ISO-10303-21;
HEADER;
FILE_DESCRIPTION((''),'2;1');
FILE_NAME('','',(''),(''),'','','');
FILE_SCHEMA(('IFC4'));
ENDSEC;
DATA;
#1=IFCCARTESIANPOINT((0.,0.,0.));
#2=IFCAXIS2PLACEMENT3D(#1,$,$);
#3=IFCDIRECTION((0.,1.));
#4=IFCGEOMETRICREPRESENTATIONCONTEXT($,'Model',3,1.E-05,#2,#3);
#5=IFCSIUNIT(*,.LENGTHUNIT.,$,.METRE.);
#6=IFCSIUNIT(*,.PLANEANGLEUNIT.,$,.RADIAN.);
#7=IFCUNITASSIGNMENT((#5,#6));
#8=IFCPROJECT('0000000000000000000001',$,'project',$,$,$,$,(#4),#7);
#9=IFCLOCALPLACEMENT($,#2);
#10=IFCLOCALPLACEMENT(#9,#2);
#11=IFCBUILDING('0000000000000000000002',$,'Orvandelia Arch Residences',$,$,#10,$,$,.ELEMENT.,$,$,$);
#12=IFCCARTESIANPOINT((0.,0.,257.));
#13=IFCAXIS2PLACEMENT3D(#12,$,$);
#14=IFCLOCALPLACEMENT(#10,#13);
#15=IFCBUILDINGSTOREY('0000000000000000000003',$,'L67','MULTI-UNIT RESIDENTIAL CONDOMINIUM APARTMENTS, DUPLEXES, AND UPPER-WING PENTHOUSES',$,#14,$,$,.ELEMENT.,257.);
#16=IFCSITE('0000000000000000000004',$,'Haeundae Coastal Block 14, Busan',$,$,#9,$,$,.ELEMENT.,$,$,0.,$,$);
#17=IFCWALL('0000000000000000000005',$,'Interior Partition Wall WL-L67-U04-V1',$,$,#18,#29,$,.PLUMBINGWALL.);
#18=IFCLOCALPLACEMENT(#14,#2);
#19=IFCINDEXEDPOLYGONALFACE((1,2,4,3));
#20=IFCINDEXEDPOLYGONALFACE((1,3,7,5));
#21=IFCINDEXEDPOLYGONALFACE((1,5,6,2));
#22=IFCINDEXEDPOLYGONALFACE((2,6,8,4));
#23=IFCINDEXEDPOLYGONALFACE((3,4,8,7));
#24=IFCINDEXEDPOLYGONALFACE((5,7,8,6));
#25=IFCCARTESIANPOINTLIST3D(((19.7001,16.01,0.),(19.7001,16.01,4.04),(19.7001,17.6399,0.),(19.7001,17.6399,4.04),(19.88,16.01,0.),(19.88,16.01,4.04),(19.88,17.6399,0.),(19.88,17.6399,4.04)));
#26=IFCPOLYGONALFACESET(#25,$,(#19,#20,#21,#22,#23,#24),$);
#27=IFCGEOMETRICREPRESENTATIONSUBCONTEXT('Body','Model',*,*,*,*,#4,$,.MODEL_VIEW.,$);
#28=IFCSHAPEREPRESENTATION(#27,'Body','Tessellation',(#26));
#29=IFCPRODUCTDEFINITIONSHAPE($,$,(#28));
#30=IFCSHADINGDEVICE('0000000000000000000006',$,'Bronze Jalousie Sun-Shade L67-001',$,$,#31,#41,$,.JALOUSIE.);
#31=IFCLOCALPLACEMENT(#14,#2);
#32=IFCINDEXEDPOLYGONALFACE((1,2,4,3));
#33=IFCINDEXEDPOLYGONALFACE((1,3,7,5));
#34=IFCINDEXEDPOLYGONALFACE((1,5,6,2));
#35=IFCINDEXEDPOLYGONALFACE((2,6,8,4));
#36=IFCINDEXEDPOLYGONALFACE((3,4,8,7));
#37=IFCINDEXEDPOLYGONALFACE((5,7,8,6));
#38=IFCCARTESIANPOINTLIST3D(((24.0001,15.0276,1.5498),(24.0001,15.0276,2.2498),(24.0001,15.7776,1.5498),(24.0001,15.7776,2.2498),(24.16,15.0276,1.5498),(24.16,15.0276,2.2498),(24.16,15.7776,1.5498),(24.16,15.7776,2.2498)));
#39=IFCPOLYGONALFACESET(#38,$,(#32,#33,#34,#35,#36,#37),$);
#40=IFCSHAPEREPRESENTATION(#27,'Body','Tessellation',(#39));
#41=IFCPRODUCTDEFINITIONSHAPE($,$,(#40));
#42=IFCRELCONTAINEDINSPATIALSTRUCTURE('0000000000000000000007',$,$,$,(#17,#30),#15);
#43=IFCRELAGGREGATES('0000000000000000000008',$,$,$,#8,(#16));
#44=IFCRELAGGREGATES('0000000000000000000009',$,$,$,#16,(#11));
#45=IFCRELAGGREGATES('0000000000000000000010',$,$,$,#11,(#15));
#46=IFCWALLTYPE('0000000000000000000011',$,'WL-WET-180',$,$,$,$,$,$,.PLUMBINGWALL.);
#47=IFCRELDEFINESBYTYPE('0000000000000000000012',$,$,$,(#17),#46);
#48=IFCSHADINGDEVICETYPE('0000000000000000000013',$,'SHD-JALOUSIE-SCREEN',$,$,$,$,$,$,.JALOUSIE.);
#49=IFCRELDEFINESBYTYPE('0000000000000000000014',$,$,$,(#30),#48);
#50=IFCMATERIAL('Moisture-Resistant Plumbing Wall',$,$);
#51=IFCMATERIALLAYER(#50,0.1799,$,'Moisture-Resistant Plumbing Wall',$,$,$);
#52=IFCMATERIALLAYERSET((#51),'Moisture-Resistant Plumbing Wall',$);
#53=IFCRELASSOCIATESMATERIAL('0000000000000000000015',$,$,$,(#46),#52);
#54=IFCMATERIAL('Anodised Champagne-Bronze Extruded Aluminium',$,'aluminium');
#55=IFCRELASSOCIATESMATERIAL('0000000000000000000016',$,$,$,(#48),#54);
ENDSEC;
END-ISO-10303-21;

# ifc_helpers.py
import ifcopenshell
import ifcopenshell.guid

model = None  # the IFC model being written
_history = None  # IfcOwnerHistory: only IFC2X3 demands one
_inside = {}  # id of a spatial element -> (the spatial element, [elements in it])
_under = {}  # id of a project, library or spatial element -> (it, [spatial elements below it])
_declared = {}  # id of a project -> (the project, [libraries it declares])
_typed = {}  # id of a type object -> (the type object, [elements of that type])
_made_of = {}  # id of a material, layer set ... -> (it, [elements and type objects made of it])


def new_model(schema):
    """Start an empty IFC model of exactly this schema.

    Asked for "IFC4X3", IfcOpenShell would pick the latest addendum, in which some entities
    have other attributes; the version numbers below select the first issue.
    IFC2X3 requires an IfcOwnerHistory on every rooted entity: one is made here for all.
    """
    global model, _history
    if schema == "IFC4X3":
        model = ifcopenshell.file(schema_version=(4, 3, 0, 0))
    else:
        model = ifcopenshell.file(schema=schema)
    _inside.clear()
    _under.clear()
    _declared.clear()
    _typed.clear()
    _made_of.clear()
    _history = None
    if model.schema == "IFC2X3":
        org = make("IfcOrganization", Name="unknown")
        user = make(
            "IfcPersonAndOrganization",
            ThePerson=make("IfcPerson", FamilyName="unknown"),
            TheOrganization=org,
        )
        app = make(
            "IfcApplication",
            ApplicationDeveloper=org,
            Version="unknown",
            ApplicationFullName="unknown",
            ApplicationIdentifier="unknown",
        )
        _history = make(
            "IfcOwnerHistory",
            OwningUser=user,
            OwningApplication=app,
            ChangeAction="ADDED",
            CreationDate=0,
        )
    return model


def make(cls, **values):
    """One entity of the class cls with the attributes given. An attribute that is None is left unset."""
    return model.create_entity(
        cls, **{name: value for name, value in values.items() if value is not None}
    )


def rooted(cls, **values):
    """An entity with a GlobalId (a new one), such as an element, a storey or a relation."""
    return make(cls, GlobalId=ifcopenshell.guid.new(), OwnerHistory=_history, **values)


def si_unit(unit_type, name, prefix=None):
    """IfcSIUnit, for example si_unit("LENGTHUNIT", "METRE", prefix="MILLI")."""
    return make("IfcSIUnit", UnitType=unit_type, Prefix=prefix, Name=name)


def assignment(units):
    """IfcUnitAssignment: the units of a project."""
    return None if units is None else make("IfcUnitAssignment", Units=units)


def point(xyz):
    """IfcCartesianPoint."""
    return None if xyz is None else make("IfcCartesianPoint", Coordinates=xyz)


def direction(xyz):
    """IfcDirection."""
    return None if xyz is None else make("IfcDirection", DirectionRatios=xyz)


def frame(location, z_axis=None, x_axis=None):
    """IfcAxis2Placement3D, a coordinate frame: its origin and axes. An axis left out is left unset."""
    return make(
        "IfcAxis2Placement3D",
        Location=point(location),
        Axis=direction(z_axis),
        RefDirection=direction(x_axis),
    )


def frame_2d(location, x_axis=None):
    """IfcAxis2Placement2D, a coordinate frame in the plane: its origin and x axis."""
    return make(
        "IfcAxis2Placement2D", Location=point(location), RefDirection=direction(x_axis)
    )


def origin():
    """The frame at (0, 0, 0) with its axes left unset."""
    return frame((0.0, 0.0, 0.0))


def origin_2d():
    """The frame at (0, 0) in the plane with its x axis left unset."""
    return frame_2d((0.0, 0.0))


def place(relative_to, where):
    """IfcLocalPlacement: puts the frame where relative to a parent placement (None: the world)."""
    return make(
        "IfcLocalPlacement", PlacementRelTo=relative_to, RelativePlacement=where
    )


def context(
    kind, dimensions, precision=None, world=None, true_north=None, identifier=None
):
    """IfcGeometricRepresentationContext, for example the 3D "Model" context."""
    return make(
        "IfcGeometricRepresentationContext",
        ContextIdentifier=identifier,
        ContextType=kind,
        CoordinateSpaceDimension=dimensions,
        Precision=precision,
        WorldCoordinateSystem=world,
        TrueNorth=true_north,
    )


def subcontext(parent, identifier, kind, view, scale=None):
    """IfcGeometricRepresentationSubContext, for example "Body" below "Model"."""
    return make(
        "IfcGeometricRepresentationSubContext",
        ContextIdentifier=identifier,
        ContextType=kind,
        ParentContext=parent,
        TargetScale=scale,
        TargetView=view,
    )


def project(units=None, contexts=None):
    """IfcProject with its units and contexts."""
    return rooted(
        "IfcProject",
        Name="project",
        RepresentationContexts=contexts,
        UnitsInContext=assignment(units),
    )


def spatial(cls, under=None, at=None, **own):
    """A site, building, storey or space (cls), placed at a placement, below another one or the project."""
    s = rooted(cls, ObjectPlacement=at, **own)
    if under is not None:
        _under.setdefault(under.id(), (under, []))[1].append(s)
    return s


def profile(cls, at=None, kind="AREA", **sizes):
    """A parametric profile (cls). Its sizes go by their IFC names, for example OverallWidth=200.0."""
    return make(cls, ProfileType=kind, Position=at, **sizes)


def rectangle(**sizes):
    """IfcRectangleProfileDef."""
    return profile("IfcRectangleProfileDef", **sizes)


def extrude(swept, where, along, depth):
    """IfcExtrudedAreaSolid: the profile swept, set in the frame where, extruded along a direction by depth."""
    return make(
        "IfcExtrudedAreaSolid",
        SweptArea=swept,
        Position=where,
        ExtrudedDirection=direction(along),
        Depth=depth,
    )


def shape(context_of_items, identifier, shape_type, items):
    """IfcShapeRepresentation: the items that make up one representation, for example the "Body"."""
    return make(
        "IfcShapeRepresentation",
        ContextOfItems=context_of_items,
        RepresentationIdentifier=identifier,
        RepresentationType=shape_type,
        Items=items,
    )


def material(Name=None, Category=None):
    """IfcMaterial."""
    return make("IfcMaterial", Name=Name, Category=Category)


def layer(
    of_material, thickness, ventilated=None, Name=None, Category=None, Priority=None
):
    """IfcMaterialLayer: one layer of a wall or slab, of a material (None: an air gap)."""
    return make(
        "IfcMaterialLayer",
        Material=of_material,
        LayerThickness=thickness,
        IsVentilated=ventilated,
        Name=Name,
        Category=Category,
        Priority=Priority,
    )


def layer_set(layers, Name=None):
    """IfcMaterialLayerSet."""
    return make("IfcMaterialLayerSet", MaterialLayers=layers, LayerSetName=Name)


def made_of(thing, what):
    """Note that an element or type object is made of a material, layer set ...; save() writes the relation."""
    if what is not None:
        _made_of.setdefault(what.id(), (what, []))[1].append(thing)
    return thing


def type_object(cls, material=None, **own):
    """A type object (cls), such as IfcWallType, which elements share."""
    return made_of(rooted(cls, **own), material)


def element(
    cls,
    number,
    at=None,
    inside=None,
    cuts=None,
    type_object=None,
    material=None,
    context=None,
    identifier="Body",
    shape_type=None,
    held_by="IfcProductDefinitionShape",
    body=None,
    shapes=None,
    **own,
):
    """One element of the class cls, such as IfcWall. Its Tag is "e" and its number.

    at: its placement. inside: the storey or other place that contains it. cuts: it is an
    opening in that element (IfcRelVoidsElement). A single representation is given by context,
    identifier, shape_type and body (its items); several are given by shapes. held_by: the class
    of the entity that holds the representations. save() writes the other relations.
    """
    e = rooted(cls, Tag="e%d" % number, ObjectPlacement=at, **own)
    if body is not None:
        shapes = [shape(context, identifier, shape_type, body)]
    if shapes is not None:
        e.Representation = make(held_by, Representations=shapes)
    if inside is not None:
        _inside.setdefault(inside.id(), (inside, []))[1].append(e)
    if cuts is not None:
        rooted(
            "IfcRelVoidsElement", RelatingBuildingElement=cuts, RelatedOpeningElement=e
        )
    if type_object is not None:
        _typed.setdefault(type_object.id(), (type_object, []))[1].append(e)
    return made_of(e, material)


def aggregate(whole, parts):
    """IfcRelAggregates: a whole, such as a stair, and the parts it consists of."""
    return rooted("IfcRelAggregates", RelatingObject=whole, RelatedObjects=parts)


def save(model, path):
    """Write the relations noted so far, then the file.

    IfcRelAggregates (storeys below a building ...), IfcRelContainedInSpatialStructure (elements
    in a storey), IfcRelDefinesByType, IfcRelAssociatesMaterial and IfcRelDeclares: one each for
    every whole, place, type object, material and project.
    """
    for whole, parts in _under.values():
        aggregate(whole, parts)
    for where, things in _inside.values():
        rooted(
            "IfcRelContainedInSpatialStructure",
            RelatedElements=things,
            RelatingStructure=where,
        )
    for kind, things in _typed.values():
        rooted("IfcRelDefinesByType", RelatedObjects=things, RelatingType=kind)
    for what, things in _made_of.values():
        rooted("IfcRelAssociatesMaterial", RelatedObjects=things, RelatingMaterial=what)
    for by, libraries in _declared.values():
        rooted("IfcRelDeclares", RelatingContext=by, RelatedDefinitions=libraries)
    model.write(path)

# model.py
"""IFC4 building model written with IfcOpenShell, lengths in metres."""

from ifc_helpers import new_model, si_unit, direction, frame, frame_2d, origin, origin_2d, place, context, subcontext, project, spatial, rectangle, extrude, material, layer, layer_set, type_object, element, save


model = new_model("IFC4")

# Units and contexts
model_context = context("Model", 3, precision=1e-05, world=origin(), true_north=direction((0.0, 1.0)))
body_context = subcontext(model_context, "Body", "Model", "MODEL_VIEW")
ifc_project = project(units=[si_unit("LENGTHUNIT", "METRE"), si_unit("PLANEANGLEUNIT", "RADIAN")], contexts=[model_context])

# Site, building, storey
site_placement = place(None, origin())
site = spatial("IfcSite", under=ifc_project, at=site_placement, Name="Haeundae Coastal Block 14, Busan", CompositionType="ELEMENT", RefElevation=0.0)
building_placement = place(site_placement, origin())
building = spatial("IfcBuilding", under=site, at=building_placement, Name="Orvandelia Arch Residences", CompositionType="ELEMENT")
storey_placement = place(building_placement, frame((0.0, 0.0, 257.0)))
storey = spatial("IfcBuildingStorey", under=building, at=storey_placement, Name="L67", Description="MULTI-UNIT RESIDENTIAL CONDOMINIUM APARTMENTS, DUPLEXES, AND UPPER-WING PENTHOUSES", CompositionType="ELEMENT", Elevation=257.0)

# Wall
ifc_material_1 = material(Name="Moisture-Resistant Plumbing Wall")
ifc_layer_1 = layer(ifc_material_1, 0.1799, Name="Moisture-Resistant Plumbing Wall")
ifc_layer_set_1 = layer_set([ifc_layer_1], Name="Moisture-Resistant Plumbing Wall")
wall_type_1 = type_object("IfcWallType", Name="WL-WET-180", PredefinedType="PLUMBINGWALL", material=ifc_layer_set_1)
wall_1_placement = place(storey_placement, frame((19.79, 16.01, 0.0), z_axis=(0.0, 0.0, 1.0), x_axis=(0.0, 1.0, 0.0)))
element("IfcWall", 1, at=wall_1_placement, inside=storey, type_object=wall_type_1, Name="Interior Partition Wall WL-L67-U04-V1", PredefinedType="PLUMBINGWALL", context=body_context, shape_type="SweptSolid", body=[
    extrude(rectangle(XDim=1.6299, YDim=0.1799, at=frame_2d((0.8149, 0.0))), origin(), (0.0, 0.0, 1.0), 4.04),
])

# Shading device
ifc_material_2 = material(Name="Anodised Champagne-Bronze Extruded Aluminium", Category="aluminium")
shading_device_type = type_object("IfcShadingDeviceType", Name="SHD-JALOUSIE-SCREEN", PredefinedType="JALOUSIE", material=ifc_material_2)
shading_device_placement = place(storey_placement, frame((24.0801, 15.4026, 1.5498), z_axis=(0.0, 0.0, 1.0), x_axis=(0.0, -1.0, 0.0)))
element("IfcShadingDevice", 2, at=shading_device_placement, inside=storey, type_object=shading_device_type, Name="Bronze Jalousie Sun-Shade L67-001", PredefinedType="JALOUSIE", context=body_context, shape_type="SweptSolid", body=[
    extrude(rectangle(XDim=0.75, YDim=0.1599, at=origin_2d()), origin(), (0.0, 0.0, 1.0), 0.7),
])

save(model, "model.ifc")
